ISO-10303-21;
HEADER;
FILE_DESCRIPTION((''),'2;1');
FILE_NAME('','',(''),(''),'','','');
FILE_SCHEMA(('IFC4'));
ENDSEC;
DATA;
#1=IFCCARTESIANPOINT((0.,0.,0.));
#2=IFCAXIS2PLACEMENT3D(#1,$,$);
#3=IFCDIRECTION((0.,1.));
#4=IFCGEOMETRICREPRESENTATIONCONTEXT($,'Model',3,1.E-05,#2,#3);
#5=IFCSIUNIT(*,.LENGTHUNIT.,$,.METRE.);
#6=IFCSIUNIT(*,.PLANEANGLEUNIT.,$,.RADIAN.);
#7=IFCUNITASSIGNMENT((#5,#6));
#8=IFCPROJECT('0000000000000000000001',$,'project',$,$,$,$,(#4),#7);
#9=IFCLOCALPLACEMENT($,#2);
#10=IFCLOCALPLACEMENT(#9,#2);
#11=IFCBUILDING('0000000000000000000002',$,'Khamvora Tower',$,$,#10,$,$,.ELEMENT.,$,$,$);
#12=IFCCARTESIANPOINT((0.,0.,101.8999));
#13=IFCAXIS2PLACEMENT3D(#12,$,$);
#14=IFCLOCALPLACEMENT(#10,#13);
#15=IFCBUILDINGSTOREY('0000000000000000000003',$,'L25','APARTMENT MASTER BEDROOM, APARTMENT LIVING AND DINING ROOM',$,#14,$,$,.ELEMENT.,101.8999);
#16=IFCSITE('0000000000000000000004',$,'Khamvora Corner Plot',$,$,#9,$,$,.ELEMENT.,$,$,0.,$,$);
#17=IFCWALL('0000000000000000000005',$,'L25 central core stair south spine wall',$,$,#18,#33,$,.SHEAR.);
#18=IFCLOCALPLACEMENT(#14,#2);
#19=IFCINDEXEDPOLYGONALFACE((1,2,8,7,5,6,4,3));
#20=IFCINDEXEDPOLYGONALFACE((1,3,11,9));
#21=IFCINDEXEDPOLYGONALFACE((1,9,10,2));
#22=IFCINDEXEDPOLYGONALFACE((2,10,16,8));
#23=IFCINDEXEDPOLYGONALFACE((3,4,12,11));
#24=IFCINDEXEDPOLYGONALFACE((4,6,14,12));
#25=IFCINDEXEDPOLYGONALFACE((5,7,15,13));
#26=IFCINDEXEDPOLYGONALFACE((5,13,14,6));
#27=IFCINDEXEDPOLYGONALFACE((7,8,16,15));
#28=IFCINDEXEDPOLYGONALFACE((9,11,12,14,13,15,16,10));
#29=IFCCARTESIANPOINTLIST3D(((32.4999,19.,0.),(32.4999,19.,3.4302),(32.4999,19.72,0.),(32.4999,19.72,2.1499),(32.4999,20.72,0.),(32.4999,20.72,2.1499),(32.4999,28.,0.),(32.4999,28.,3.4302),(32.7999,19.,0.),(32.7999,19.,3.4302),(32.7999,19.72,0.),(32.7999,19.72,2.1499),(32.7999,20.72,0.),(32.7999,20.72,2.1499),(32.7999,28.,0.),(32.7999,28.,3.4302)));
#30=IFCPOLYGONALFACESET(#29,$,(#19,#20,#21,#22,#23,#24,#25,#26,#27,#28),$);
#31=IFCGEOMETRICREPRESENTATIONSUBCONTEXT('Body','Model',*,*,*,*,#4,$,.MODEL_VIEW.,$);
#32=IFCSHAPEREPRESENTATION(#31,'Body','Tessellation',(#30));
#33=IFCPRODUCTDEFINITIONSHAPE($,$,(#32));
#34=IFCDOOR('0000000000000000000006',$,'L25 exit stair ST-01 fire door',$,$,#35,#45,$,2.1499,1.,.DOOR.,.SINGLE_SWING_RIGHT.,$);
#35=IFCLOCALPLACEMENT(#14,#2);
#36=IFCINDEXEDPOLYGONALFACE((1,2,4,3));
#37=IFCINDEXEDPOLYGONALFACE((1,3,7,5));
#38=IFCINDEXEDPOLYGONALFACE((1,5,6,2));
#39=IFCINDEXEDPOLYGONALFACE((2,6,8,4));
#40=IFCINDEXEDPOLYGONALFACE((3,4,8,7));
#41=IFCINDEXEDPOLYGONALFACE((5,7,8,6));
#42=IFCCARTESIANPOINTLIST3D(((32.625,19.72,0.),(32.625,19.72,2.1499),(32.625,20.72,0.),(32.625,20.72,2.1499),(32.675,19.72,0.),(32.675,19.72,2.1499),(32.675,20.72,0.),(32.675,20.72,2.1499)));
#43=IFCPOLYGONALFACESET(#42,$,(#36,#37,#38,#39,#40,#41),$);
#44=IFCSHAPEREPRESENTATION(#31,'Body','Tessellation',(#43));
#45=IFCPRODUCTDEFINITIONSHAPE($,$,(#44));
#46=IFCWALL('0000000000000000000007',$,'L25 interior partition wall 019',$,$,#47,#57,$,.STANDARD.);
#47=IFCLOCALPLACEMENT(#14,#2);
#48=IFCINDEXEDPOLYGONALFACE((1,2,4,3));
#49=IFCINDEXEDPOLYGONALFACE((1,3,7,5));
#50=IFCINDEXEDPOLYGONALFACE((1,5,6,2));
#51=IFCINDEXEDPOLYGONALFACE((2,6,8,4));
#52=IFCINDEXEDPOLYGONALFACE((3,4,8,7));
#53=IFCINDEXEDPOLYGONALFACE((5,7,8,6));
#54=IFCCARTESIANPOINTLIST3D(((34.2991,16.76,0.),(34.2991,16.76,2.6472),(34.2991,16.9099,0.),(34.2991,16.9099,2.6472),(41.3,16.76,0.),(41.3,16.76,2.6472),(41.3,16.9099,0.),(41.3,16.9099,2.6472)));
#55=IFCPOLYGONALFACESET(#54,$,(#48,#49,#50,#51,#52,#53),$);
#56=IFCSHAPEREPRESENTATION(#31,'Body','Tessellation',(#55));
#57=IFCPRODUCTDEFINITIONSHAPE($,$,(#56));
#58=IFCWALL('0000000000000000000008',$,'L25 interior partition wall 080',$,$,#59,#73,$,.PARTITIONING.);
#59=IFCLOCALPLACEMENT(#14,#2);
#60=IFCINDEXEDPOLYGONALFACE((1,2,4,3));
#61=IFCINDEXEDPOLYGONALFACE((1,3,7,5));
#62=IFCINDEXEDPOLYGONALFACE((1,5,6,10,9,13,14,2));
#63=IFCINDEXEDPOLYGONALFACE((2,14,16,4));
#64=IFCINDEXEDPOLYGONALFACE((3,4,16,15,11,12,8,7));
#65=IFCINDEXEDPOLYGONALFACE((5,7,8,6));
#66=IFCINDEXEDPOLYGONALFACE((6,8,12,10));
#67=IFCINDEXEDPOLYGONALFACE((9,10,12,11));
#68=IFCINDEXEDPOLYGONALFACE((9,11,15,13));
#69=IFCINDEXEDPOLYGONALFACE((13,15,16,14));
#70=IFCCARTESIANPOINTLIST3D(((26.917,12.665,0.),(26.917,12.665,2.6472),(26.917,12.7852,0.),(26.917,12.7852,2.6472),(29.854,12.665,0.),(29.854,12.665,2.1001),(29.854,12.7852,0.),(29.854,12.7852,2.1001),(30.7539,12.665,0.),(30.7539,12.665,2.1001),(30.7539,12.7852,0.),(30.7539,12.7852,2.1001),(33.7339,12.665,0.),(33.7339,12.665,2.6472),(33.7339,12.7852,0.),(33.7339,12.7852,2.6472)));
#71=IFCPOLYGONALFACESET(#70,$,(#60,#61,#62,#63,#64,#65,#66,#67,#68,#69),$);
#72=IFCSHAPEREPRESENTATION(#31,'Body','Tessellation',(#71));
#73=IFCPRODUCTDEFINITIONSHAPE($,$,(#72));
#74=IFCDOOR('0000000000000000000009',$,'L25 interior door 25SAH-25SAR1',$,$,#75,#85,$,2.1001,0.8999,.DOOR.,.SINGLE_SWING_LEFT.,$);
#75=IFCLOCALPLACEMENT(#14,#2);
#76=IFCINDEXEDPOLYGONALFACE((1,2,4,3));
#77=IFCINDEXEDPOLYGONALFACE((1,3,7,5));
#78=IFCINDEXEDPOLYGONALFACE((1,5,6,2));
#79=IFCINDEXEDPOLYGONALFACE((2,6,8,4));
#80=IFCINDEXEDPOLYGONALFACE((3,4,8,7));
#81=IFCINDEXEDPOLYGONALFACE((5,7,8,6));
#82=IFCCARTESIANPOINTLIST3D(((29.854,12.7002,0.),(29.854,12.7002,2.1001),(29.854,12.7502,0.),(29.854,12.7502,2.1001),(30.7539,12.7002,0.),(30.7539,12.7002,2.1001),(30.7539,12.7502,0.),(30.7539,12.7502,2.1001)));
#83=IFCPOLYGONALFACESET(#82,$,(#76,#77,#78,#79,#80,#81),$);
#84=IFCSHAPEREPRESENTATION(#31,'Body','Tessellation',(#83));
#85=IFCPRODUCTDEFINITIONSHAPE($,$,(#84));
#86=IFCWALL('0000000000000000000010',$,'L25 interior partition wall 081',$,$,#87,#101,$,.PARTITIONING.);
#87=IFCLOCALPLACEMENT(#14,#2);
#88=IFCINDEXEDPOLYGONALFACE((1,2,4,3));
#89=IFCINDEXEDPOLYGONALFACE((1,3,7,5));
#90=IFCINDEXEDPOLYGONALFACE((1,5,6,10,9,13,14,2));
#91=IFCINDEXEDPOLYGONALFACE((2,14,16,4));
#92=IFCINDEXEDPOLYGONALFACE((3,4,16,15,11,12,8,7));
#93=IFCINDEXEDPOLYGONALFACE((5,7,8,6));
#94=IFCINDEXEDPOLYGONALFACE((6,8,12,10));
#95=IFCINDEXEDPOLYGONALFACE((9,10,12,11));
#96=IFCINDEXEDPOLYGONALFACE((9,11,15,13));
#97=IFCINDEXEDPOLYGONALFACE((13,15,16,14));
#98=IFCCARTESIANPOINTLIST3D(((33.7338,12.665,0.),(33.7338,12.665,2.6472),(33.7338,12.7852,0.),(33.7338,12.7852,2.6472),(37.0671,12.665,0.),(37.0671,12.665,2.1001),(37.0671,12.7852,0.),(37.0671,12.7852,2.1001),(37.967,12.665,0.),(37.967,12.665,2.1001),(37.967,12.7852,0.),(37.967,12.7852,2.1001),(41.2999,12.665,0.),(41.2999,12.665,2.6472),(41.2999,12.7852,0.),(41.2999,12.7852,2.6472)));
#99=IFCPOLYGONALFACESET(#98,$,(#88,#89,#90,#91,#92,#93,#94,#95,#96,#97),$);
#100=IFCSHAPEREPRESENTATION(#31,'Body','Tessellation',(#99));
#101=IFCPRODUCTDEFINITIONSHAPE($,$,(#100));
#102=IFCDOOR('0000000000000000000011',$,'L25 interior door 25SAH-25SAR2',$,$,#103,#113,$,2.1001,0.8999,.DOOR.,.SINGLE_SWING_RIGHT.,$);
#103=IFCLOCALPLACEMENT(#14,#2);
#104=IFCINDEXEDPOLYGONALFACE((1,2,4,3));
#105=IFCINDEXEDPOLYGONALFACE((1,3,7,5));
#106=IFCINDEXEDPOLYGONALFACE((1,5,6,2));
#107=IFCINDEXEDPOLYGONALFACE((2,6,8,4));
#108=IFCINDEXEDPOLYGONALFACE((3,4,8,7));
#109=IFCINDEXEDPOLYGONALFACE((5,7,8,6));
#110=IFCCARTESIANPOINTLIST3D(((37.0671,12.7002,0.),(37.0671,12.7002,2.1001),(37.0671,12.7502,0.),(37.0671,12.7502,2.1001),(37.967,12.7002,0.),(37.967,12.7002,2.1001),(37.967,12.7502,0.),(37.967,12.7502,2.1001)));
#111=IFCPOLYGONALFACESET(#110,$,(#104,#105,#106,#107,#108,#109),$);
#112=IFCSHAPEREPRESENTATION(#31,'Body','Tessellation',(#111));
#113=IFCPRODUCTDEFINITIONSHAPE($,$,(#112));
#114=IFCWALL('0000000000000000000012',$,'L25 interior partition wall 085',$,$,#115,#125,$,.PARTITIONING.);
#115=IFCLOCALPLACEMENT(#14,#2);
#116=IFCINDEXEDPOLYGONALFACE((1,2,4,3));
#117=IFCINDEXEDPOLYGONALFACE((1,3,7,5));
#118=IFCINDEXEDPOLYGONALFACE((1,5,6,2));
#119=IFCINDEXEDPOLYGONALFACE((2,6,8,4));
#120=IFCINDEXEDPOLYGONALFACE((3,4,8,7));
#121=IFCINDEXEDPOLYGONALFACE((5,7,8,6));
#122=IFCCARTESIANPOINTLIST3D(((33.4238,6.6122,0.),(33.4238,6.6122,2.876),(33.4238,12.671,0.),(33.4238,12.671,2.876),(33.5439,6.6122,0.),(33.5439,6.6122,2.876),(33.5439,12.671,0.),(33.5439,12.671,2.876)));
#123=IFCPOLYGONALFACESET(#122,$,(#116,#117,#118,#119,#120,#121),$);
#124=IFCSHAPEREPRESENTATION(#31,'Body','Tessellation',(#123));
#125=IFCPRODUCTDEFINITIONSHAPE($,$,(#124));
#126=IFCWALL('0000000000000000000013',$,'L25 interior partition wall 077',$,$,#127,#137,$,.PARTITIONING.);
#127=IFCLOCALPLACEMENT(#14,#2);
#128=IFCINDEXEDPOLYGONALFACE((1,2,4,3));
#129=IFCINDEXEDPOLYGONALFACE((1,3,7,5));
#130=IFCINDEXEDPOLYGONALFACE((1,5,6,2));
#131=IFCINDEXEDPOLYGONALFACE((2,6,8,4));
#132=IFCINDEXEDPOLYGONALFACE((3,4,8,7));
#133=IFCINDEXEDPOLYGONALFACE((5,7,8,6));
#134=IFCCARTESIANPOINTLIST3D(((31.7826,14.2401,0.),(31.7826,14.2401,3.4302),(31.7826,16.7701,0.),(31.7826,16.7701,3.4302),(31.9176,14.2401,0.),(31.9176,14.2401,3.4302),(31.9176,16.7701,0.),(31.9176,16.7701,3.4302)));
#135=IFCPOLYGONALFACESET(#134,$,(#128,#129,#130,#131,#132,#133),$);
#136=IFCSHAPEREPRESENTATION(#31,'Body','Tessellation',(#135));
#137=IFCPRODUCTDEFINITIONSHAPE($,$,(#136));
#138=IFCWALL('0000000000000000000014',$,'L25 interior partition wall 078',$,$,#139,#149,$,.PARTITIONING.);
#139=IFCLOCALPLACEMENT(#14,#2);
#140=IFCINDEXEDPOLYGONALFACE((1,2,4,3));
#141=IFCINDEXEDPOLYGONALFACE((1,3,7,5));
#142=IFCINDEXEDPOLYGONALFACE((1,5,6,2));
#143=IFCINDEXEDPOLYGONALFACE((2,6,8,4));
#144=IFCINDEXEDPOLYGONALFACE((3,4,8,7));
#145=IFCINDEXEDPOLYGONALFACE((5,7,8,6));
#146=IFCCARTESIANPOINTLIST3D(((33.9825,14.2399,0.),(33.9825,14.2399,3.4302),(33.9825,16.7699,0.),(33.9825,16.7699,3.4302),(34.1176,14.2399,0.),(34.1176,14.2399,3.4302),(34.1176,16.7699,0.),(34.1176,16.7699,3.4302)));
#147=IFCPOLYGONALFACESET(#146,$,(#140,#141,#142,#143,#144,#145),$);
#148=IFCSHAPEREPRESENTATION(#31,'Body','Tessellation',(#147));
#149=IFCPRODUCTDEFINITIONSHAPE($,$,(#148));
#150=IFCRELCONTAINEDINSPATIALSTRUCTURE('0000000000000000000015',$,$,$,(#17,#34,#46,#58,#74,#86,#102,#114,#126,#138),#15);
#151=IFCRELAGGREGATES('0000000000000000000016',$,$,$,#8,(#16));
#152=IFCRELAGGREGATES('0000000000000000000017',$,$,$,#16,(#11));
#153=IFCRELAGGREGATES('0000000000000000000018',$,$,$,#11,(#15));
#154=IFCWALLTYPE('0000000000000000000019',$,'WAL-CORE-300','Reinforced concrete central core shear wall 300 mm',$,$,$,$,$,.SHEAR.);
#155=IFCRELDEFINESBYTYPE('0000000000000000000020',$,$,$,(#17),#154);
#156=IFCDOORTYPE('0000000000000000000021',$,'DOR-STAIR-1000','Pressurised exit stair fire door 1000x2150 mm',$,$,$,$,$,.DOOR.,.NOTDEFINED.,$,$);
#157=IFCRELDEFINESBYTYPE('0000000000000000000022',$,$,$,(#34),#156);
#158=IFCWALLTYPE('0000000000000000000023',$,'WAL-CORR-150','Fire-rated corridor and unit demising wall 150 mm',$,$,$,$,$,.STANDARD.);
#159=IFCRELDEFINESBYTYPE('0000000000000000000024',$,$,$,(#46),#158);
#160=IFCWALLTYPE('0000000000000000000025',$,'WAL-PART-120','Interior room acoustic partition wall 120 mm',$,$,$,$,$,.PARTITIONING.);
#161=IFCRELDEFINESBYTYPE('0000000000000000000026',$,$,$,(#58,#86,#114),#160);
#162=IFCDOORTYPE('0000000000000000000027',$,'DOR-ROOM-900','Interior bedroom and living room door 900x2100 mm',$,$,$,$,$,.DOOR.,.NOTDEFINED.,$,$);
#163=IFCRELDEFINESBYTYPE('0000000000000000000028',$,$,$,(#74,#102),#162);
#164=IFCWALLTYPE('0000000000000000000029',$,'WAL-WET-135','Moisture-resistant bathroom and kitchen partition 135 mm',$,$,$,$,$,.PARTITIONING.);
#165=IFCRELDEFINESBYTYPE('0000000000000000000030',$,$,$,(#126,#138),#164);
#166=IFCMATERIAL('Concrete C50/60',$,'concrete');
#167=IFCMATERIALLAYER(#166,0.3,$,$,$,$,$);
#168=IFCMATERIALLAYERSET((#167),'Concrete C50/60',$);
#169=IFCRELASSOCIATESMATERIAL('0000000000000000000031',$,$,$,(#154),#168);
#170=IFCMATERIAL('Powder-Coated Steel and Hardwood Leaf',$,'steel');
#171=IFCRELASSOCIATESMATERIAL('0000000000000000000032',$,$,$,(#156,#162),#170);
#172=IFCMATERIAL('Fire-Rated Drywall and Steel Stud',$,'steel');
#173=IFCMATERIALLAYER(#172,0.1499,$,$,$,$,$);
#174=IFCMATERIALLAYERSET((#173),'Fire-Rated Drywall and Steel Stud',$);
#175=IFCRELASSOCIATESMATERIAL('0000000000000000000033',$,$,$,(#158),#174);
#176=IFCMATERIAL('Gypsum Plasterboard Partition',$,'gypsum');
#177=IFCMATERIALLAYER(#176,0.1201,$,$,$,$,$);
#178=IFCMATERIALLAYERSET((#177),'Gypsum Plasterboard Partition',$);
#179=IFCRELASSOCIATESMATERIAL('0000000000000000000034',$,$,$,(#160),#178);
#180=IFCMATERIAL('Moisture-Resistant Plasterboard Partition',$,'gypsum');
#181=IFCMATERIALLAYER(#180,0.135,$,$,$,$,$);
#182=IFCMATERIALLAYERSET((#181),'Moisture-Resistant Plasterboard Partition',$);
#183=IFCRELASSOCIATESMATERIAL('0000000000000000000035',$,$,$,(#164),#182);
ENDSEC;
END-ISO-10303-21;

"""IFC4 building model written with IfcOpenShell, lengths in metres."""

from ifc_helpers import new_model, si_unit, direction, frame, frame_2d, origin, place, context, subcontext, project, spatial, rectangle, extrude, material, layer, layer_set, type_object, element, fill, save


model = new_model("IFC4")

# Units and contexts
model_context = context("Model", 3, precision=1e-05, world=origin(), true_north=direction((0.0, 1.0)))
body_context = subcontext(model_context, "Body", "Model", "MODEL_VIEW")
ifc_project = project(units=[si_unit("LENGTHUNIT", "METRE"), si_unit("PLANEANGLEUNIT", "RADIAN")], contexts=[model_context])

# Site, building, storey
site_placement = place(None, origin())
site = spatial("IfcSite", under=ifc_project, at=site_placement, Name="Khamvora Corner Plot", CompositionType="ELEMENT", RefElevation=0.0)
building_placement = place(site_placement, origin())
building = spatial("IfcBuilding", under=site, at=building_placement, Name="Khamvora Tower", CompositionType="ELEMENT")
storey_placement = place(building_placement, frame((0.0, 0.0, 101.8999)))
storey = spatial("IfcBuildingStorey", under=building, at=storey_placement, Name="L25", Description="APARTMENT MASTER BEDROOM, APARTMENT LIVING AND DINING ROOM", CompositionType="ELEMENT", Elevation=101.8999)

# Wall, opening, door
ifc_material_1 = material(Name="Concrete C50/60", Category="concrete")
ifc_layer_1 = layer(ifc_material_1, 0.3)
ifc_layer_set_1 = layer_set([ifc_layer_1], Name="Concrete C50/60")
wall_type_1 = type_object("IfcWallType", Name="WAL-CORE-300", Description="Reinforced concrete central core shear wall 300 mm", PredefinedType="SHEAR", material=ifc_layer_set_1)
wall_1_placement = place(storey_placement, frame((32.6499, 19.0, 0.0), z_axis=(0.0, 0.0, 1.0), x_axis=(0.0, 1.0, 0.0)))
wall_1 = element("IfcWall", 1, at=wall_1_placement, inside=storey, type_object=wall_type_1, Name="L25 central core stair south spine wall", PredefinedType="SHEAR", context=body_context, shape_type="SweptSolid", body=[
    extrude(rectangle(XDim=9.0, YDim=0.3, at=frame_2d((4.5, 0.0))), origin(), (0.0, 0.0, 1.0), 3.4302),
])
opening_1_placement = place(wall_1_placement, frame((0.72, 0.0, 0.0)))
opening_1 = element("IfcOpeningElement", 2, at=opening_1_placement, cuts=wall_1, PredefinedType="OPENING", context=body_context, shape_type="SweptSolid", body=[
    extrude(rectangle(XDim=1.0, YDim=2.1499, at=frame_2d((0.5, 1.075))), frame((0.0, 0.1599, 0.0), z_axis=(0.0, -1.0, 0.0), x_axis=(1.0, 0.0, 0.0)), (0.0, 0.0, 1.0), 0.3201),
])
ifc_material_2 = material(Name="Powder-Coated Steel and Hardwood Leaf", Category="steel")
door_type_1 = type_object("IfcDoorType", Name="DOR-STAIR-1000", Description="Pressurised exit stair fire door 1000x2150 mm", OperationType="NOTDEFINED", PredefinedType="DOOR", material=ifc_material_2)
door_1_placement = place(opening_1_placement, origin())
door_1 = element("IfcDoor", 3, at=door_1_placement, inside=storey, type_object=door_type_1, Name="L25 exit stair ST-01 fire door", OperationType="SINGLE_SWING_RIGHT", OverallHeight=2.1499, OverallWidth=1.0, PredefinedType="DOOR", context=body_context, shape_type="SweptSolid", body=[
    extrude(rectangle(XDim=1.0, YDim=2.1499, at=frame_2d((0.5, 1.075))), frame((0.0, 0.0249, 0.0), z_axis=(0.0, -1.0, 0.0), x_axis=(1.0, 0.0, 0.0)), (0.0, 0.0, 1.0), 0.05),
])
fill(opening_1, door_1)
ifc_material_3 = material(Name="Fire-Rated Drywall and Steel Stud", Category="steel")
ifc_layer_2 = layer(ifc_material_3, 0.1499)
ifc_layer_set_2 = layer_set([ifc_layer_2], Name="Fire-Rated Drywall and Steel Stud")
wall_type_2 = type_object("IfcWallType", Name="WAL-CORR-150", Description="Fire-rated corridor and unit demising wall 150 mm", PredefinedType="STANDARD", material=ifc_layer_set_2)

# Wall
wall_2_placement = place(storey_placement, frame((41.3, 16.835, 0.0), z_axis=(0.0, 0.0, 1.0), x_axis=(-1.0, 0.0, 0.0)))
element("IfcWall", 4, at=wall_2_placement, inside=storey, type_object=wall_type_2, Name="L25 interior partition wall 019", PredefinedType="STANDARD", context=body_context, shape_type="SweptSolid", body=[
    extrude(rectangle(XDim=7.001, YDim=0.1499, at=frame_2d((3.5005, 0.0))), origin(), (0.0, 0.0, 1.0), 2.6472),
])

# Walls, openings, doors
ifc_material_4 = material(Name="Gypsum Plasterboard Partition", Category="gypsum")
ifc_layer_3 = layer(ifc_material_4, 0.1201)
ifc_layer_set_3 = layer_set([ifc_layer_3], Name="Gypsum Plasterboard Partition")
wall_type_3 = type_object("IfcWallType", Name="WAL-PART-120", Description="Interior room acoustic partition wall 120 mm", PredefinedType="PARTITIONING", material=ifc_layer_set_3)
wall_3_placement = place(storey_placement, frame((33.7339, 12.7251, 0.0), z_axis=(0.0, 0.0, 1.0), x_axis=(-1.0, 0.0, 0.0)))
wall_3 = element("IfcWall", 5, at=wall_3_placement, inside=storey, type_object=wall_type_3, Name="L25 interior partition wall 080", PredefinedType="PARTITIONING", context=body_context, shape_type="SweptSolid", body=[
    extrude(rectangle(XDim=6.8169, YDim=0.1201, at=frame_2d((3.4084, 0.0))), origin(), (0.0, 0.0, 1.0), 2.6472),
])
opening_2_placement = place(wall_3_placement, frame((2.98, 0.0, 0.0)))
opening_2 = element("IfcOpeningElement", 6, at=opening_2_placement, cuts=wall_3, PredefinedType="OPENING", context=body_context, shape_type="SweptSolid", body=[
    extrude(rectangle(XDim=0.8999, YDim=2.1001, at=frame_2d((0.45, 1.05))), frame((0.0, 0.0701, 0.0), z_axis=(0.0, -1.0, 0.0), x_axis=(1.0, 0.0, 0.0)), (0.0, 0.0, 1.0), 0.1401),
])
door_type_2 = type_object("IfcDoorType", Name="DOR-ROOM-900", Description="Interior bedroom and living room door 900x2100 mm", OperationType="NOTDEFINED", PredefinedType="DOOR", material=ifc_material_2)
door_2_placement = place(opening_2_placement, origin())
door_2 = element("IfcDoor", 7, at=door_2_placement, inside=storey, type_object=door_type_2, Name="L25 interior door 25SAH-25SAR1", OperationType="SINGLE_SWING_LEFT", OverallHeight=2.1001, OverallWidth=0.8999, PredefinedType="DOOR", context=body_context, shape_type="SweptSolid", body=[
    extrude(rectangle(XDim=0.8999, YDim=2.1001, at=frame_2d((0.45, 1.05))), frame((0.0, 0.0249, 0.0), z_axis=(0.0, -1.0, 0.0), x_axis=(1.0, 0.0, 0.0)), (0.0, 0.0, 1.0), 0.05),
])
fill(opening_2, door_2)
wall_4_placement = place(storey_placement, frame((41.3, 12.7251, 0.0), z_axis=(0.0, 0.0, 1.0), x_axis=(-1.0, 0.0, 0.0)))
wall_4 = element("IfcWall", 8, at=wall_4_placement, inside=storey, type_object=wall_type_3, Name="L25 interior partition wall 081", PredefinedType="PARTITIONING", context=body_context, shape_type="SweptSolid", body=[
    extrude(rectangle(XDim=7.5662, YDim=0.1201, at=frame_2d((3.7832, 0.0))), origin(), (0.0, 0.0, 1.0), 2.6472),
])
opening_3_placement = place(wall_4_placement, frame((3.333, 0.0, 0.0)))
opening_3 = element("IfcOpeningElement", 9, at=opening_3_placement, cuts=wall_4, PredefinedType="OPENING", context=body_context, shape_type="SweptSolid", body=[
    extrude(rectangle(XDim=0.8999, YDim=2.1001, at=frame_2d((0.45, 1.05))), frame((0.0, 0.0701, 0.0), z_axis=(0.0, -1.0, 0.0), x_axis=(1.0, 0.0, 0.0)), (0.0, 0.0, 1.0), 0.1401),
])
door_3_placement = place(opening_3_placement, origin())
door_3 = element("IfcDoor", 10, at=door_3_placement, inside=storey, type_object=door_type_2, Name="L25 interior door 25SAH-25SAR2", OperationType="SINGLE_SWING_RIGHT", OverallHeight=2.1001, OverallWidth=0.8999, PredefinedType="DOOR", context=body_context, shape_type="SweptSolid", body=[
    extrude(rectangle(XDim=0.8999, YDim=2.1001, at=frame_2d((0.45, 1.05))), frame((0.0, 0.0249, 0.0), z_axis=(0.0, -1.0, 0.0), x_axis=(1.0, 0.0, 0.0)), (0.0, 0.0, 1.0), 0.05),
])
fill(opening_3, door_3)

# Walls
wall_5_placement = place(storey_placement, frame((33.4839, 12.6709, 0.0), z_axis=(0.0, 0.0, 1.0), x_axis=(0.0, -1.0, 0.0)))
element("IfcWall", 11, at=wall_5_placement, inside=storey, type_object=wall_type_3, Name="L25 interior partition wall 085", PredefinedType="PARTITIONING", context=body_context, shape_type="SweptSolid", body=[
    extrude(rectangle(XDim=6.0588, YDim=0.1201, at=frame_2d((3.0293, 0.0))), origin(), (0.0, 0.0, 1.0), 2.876),
])
ifc_material_5 = material(Name="Moisture-Resistant Plasterboard Partition", Category="gypsum")
ifc_layer_4 = layer(ifc_material_5, 0.135)
ifc_layer_set_4 = layer_set([ifc_layer_4], Name="Moisture-Resistant Plasterboard Partition")
wall_type_4 = type_object("IfcWallType", Name="WAL-WET-135", Description="Moisture-resistant bathroom and kitchen partition 135 mm", PredefinedType="PARTITIONING", material=ifc_layer_set_4)
for number, where, z_axis, x_axis, name in (
    (12, (31.8501, 14.24, 0.0), (0.0, 0.0, 1.0), (0.0, 1.0, 0.0), "L25 interior partition wall 077"),
    (13, (34.05, 16.77, 0.0), (0.0, 0.0, 1.0), (0.0, -1.0, 0.0), "L25 interior partition wall 078"),
):
    element("IfcWall", number, at=place(storey_placement, frame(where, z_axis=z_axis, x_axis=x_axis)), inside=storey, type_object=wall_type_4, Name=name, PredefinedType="PARTITIONING", context=body_context, shape_type="SweptSolid", body=[
        extrude(rectangle(XDim=2.53, YDim=0.135, at=frame_2d((1.2651, 0.0))), origin(), (0.0, 0.0, 1.0), 3.4302),
    ])

save(model, "model.ifc")
